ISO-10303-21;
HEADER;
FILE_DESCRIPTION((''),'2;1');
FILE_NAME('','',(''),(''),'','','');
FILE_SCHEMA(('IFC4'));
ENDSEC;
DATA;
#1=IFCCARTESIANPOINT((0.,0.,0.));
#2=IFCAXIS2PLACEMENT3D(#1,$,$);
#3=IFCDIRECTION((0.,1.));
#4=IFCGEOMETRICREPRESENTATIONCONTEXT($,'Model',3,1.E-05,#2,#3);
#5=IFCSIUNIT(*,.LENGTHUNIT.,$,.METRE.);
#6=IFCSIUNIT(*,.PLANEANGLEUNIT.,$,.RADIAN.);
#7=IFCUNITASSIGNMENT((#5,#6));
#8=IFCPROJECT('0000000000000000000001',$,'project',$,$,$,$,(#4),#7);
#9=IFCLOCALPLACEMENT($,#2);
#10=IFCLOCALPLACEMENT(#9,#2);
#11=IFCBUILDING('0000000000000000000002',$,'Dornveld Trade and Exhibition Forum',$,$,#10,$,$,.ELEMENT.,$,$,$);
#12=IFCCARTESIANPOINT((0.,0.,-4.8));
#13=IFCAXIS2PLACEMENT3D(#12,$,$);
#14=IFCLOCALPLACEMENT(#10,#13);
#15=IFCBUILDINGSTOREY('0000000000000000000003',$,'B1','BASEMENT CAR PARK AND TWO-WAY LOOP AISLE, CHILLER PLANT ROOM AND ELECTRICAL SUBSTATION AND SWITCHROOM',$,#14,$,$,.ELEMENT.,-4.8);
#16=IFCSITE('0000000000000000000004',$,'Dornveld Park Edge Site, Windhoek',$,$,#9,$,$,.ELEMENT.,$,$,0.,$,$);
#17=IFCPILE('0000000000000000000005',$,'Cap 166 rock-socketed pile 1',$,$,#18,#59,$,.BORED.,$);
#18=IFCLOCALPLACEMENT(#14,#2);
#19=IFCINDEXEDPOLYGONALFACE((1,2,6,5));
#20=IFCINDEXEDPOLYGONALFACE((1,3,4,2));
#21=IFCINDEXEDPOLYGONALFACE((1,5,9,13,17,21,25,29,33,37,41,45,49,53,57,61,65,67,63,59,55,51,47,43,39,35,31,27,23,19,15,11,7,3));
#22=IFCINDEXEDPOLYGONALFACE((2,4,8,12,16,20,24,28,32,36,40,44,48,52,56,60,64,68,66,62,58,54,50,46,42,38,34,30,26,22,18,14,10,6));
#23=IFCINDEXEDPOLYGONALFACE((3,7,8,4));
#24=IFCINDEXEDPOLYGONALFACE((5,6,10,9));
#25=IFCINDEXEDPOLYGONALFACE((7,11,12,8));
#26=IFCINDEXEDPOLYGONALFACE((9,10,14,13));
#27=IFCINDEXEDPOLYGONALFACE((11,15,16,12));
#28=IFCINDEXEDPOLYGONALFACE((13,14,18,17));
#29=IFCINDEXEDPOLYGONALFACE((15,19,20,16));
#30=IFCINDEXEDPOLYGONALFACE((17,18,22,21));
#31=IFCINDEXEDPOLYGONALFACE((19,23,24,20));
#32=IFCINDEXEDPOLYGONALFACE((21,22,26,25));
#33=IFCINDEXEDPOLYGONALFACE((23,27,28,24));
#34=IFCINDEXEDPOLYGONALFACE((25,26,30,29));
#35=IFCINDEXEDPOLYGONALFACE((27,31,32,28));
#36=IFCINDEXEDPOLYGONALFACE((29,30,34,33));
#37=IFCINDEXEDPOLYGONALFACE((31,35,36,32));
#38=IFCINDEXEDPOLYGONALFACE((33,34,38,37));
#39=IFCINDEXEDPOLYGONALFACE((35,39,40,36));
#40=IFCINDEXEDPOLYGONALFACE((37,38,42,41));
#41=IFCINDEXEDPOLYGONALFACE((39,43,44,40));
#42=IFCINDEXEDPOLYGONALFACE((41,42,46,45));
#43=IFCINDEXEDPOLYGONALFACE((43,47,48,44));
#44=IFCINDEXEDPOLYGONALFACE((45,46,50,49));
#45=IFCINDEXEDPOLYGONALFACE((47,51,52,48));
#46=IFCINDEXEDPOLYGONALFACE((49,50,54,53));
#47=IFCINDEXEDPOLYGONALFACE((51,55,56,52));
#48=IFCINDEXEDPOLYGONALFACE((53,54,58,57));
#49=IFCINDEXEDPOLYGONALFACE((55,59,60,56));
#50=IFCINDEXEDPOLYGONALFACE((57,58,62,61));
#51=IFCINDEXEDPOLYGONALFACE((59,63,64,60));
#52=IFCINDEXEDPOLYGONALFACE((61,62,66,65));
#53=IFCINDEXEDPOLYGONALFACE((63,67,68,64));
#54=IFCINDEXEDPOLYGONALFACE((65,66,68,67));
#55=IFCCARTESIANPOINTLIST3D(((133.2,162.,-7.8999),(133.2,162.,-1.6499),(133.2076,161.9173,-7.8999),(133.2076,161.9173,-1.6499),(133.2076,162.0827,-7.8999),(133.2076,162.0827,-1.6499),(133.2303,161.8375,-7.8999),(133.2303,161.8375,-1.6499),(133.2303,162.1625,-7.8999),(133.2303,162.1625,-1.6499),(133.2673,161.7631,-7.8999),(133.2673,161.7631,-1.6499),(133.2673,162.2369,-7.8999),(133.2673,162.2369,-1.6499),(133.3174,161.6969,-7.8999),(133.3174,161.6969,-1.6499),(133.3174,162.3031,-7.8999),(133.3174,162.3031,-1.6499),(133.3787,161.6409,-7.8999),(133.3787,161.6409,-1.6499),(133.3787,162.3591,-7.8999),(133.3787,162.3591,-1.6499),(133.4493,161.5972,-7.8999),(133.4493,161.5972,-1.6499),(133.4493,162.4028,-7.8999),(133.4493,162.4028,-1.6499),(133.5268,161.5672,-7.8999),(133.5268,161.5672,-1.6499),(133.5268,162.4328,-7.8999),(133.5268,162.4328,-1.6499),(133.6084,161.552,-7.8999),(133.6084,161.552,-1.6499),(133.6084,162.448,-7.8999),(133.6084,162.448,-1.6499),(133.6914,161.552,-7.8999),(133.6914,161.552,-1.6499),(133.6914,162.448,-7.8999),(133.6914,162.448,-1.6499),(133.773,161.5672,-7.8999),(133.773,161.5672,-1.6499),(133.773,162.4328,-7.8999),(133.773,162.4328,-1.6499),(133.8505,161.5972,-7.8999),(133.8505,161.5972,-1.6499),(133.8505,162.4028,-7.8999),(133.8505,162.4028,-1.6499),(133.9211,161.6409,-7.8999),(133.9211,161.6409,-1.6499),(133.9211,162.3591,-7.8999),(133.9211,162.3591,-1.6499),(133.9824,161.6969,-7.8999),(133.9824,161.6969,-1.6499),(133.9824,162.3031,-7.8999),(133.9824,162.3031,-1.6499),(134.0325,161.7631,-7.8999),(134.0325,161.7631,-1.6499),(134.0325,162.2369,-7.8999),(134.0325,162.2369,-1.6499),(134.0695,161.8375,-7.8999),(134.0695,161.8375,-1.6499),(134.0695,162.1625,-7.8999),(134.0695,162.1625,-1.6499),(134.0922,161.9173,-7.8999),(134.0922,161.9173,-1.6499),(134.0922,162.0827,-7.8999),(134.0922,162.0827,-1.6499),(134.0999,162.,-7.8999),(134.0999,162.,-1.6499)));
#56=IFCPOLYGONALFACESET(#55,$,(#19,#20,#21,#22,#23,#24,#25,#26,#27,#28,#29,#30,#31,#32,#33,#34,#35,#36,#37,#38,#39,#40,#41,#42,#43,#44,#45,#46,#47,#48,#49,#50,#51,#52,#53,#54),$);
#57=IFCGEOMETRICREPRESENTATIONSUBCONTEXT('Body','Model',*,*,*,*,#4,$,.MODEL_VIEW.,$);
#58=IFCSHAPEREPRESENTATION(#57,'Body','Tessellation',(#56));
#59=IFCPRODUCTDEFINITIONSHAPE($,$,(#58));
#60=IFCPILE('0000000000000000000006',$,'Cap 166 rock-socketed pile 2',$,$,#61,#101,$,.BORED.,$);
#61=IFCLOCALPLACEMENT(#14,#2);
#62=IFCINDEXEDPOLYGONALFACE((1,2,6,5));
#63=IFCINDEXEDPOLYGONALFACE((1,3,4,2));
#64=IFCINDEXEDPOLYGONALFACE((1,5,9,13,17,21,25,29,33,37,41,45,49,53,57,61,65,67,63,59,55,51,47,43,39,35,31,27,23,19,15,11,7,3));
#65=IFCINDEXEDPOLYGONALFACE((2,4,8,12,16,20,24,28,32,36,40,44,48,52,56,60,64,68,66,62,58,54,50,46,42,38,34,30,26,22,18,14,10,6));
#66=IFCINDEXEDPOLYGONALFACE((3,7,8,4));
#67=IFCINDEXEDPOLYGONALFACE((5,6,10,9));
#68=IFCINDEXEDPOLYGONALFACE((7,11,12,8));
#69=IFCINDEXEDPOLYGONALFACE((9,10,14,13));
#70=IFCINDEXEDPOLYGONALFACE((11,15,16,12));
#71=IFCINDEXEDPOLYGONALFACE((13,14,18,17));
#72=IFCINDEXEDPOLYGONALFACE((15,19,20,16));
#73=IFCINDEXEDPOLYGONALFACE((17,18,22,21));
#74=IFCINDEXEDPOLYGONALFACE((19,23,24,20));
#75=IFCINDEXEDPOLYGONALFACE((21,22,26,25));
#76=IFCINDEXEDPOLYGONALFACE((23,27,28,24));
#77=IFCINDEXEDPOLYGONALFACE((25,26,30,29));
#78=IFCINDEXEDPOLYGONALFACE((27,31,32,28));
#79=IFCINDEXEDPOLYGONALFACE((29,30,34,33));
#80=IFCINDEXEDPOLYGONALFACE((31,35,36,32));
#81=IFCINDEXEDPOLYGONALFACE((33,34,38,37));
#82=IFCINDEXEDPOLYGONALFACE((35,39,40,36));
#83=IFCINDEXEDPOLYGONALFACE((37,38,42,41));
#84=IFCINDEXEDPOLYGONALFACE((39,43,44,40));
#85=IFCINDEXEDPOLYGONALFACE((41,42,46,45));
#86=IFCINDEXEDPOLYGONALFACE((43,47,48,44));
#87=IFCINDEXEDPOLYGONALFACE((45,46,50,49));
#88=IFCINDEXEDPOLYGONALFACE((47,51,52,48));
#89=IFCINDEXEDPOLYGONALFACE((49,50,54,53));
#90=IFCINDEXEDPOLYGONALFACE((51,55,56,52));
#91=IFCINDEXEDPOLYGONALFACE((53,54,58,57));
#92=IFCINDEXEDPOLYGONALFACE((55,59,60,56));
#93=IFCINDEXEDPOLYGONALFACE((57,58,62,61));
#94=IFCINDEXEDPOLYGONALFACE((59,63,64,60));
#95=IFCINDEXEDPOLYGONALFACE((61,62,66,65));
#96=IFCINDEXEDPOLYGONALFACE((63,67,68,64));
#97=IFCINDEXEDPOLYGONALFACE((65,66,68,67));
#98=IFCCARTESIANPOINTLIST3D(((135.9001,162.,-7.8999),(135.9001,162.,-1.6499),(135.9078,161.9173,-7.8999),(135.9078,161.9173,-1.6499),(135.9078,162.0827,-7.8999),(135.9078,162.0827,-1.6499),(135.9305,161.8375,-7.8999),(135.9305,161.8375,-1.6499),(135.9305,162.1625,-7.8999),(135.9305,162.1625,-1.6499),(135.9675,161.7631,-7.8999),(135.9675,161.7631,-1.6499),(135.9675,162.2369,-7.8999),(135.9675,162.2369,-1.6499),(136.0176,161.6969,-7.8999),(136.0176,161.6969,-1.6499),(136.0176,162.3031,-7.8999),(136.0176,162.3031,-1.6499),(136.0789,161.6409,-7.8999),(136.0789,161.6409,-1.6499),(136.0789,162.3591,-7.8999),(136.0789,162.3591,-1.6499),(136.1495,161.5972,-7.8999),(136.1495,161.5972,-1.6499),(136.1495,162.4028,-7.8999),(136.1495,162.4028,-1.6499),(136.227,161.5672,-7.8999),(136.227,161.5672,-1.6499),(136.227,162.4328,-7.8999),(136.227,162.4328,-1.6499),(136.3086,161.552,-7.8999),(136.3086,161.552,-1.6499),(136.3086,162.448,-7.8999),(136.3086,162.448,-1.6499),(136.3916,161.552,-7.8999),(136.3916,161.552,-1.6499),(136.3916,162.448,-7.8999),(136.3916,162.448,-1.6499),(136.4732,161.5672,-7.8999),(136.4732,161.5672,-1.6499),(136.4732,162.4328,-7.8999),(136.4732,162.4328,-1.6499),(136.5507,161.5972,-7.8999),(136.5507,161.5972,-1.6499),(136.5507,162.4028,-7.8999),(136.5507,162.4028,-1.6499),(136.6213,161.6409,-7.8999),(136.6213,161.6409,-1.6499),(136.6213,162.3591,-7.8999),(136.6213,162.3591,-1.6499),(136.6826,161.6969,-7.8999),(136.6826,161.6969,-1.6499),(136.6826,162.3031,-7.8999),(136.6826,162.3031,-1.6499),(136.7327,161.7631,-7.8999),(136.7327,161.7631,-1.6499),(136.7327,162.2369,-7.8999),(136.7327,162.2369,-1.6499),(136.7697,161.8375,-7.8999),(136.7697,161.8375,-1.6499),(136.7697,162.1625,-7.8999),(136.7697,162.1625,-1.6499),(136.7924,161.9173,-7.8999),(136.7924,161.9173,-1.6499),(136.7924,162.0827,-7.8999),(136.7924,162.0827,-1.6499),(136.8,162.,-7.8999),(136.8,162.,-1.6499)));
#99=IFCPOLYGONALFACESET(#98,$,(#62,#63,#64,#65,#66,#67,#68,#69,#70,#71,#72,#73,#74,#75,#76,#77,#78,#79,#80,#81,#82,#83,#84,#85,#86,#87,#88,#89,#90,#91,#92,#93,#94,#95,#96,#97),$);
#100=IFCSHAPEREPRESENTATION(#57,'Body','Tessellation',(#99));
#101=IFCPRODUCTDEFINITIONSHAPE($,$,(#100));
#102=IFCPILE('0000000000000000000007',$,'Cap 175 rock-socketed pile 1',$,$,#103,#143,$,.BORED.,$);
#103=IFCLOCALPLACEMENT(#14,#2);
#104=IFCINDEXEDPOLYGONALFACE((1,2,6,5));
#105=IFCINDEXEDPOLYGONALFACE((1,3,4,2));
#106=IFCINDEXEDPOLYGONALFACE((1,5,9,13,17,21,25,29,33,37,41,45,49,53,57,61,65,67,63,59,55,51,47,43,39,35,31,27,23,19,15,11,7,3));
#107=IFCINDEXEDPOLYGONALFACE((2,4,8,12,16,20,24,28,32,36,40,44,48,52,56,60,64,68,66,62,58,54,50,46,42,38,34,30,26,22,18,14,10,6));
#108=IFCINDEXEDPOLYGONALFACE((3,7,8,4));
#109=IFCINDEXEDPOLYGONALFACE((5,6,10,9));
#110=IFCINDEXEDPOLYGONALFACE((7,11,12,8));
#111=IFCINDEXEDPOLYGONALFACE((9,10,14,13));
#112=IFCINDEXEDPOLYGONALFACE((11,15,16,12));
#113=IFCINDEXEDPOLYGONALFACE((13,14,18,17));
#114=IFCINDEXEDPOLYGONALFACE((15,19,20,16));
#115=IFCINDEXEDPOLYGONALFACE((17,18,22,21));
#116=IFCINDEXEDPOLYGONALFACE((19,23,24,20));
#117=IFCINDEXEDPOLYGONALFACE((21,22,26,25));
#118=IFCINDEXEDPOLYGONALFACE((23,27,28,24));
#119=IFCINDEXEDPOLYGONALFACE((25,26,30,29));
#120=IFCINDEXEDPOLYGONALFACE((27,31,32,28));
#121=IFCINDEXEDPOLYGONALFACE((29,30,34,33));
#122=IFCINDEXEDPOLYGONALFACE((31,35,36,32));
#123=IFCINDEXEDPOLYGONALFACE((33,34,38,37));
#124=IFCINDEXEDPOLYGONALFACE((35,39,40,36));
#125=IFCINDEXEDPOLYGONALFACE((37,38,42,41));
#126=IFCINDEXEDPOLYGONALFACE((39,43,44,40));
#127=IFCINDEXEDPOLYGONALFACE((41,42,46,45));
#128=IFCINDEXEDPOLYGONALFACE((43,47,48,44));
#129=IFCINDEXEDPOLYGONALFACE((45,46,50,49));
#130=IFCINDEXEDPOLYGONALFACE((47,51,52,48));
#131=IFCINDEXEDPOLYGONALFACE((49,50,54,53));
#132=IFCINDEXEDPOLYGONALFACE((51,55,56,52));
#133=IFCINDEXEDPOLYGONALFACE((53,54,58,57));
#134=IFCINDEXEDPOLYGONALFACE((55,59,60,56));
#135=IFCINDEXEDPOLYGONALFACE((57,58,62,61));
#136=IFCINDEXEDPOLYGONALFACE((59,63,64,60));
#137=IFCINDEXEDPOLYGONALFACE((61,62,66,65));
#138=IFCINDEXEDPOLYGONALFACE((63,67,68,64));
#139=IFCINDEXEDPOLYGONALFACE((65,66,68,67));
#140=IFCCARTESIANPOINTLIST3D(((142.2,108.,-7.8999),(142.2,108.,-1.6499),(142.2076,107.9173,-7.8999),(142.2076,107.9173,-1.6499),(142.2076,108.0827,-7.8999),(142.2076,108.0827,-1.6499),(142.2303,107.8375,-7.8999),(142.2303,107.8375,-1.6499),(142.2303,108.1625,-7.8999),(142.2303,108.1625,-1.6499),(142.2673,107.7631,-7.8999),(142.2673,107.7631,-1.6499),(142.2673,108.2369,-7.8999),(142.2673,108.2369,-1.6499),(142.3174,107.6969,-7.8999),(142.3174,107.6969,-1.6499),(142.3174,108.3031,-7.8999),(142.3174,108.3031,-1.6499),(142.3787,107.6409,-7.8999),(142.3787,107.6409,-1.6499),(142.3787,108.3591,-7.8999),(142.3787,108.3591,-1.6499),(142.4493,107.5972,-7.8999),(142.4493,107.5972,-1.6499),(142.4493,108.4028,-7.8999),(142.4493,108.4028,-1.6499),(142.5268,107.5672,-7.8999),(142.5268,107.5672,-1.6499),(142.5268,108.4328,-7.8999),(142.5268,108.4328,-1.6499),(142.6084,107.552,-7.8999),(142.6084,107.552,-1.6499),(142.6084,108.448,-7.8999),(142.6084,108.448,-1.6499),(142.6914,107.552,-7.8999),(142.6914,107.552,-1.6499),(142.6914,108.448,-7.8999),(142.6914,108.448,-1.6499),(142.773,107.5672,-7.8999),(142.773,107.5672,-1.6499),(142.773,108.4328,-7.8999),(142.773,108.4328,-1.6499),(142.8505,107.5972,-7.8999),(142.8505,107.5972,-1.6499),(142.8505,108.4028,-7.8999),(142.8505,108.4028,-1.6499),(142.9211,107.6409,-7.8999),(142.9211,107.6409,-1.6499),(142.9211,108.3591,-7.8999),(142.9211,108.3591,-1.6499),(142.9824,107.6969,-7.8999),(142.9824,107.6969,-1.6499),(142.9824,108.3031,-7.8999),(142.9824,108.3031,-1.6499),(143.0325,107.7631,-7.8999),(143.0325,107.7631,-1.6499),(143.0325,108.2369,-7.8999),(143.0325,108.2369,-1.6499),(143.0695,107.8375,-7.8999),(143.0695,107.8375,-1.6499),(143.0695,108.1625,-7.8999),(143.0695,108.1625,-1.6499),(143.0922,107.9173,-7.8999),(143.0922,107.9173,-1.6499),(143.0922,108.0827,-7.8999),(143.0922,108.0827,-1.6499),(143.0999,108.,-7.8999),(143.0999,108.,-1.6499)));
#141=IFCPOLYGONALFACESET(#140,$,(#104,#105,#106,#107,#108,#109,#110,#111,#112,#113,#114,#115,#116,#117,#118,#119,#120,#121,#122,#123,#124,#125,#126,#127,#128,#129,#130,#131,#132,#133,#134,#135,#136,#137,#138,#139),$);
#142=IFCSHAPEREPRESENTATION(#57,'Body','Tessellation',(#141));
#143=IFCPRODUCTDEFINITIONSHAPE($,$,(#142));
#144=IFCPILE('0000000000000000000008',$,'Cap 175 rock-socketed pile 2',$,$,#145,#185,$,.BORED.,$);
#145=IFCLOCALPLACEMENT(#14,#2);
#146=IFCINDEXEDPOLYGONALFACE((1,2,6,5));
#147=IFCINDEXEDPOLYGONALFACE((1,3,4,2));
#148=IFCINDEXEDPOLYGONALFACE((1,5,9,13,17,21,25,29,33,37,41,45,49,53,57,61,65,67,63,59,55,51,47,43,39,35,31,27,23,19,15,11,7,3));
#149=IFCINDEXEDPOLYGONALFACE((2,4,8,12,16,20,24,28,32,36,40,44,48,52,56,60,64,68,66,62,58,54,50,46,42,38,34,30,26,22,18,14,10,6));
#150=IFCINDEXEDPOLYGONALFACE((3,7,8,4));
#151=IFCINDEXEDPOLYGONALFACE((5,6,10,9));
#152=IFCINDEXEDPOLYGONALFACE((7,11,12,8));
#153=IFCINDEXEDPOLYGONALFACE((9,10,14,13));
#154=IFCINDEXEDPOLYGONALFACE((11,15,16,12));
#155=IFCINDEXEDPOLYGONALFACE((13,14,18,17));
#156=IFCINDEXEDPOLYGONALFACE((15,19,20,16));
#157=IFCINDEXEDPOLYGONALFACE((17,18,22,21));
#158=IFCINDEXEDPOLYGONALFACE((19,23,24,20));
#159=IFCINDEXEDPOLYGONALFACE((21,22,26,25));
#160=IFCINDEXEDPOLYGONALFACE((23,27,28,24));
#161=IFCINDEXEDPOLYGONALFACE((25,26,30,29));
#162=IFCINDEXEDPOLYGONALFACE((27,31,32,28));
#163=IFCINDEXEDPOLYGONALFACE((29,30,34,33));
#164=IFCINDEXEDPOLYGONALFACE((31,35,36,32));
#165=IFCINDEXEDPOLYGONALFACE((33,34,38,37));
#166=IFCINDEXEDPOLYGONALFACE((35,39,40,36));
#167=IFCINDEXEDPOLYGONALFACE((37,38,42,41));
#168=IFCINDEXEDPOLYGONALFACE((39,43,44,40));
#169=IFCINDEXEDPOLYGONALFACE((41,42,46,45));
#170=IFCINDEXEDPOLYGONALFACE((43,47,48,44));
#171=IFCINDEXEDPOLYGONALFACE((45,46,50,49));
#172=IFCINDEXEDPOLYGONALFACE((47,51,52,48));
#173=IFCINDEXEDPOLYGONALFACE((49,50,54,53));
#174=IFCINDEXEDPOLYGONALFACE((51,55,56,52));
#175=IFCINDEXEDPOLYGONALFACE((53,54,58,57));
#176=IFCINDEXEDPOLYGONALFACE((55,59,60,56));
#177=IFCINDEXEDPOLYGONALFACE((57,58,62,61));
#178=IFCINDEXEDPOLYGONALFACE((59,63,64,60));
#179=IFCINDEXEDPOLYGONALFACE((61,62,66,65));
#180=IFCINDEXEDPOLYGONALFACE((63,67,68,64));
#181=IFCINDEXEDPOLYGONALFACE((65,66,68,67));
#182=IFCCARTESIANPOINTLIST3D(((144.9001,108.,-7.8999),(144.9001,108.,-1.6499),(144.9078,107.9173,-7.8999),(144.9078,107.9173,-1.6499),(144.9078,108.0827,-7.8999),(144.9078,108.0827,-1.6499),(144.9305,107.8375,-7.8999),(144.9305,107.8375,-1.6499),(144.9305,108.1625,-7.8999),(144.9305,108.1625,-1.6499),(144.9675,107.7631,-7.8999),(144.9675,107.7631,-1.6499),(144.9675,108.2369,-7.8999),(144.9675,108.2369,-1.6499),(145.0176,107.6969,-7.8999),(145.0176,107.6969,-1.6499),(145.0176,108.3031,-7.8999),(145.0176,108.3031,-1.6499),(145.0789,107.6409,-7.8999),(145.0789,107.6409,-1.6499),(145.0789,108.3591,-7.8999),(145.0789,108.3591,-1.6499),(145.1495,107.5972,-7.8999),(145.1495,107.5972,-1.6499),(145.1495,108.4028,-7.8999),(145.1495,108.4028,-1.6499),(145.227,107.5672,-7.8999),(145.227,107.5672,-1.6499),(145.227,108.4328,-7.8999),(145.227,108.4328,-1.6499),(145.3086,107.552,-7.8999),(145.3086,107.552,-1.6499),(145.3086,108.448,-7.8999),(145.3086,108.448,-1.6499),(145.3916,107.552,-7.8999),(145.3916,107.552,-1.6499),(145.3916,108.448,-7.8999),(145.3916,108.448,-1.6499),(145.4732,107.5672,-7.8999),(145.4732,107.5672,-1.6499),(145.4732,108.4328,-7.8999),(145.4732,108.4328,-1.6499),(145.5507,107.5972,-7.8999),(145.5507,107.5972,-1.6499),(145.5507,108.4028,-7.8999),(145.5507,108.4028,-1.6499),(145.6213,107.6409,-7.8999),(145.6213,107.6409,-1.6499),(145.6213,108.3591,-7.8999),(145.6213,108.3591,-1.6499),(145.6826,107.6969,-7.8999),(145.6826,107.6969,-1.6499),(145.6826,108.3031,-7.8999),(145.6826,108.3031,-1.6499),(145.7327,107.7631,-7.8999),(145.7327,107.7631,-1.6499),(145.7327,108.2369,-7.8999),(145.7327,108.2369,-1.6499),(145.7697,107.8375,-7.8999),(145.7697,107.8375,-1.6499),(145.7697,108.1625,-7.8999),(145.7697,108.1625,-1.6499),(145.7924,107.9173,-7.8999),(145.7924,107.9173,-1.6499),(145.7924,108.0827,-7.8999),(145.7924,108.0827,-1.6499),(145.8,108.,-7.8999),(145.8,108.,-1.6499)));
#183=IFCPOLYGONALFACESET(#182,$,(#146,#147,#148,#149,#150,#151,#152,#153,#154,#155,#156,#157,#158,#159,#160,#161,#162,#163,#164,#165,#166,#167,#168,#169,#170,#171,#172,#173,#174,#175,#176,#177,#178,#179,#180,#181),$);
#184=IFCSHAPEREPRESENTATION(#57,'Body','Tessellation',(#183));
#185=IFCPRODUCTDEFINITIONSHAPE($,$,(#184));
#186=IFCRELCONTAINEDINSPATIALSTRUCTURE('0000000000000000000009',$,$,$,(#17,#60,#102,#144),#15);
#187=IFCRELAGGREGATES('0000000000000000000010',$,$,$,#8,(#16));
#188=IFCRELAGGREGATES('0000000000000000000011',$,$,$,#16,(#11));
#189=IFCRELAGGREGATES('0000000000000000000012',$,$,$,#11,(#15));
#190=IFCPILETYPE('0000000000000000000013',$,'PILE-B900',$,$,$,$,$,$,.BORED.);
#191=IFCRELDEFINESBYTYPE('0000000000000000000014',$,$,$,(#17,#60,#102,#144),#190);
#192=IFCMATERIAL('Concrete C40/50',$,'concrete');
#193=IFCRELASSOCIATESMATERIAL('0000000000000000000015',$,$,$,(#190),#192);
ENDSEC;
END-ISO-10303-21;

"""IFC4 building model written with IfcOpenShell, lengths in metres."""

from ifc_helpers import new_model, si_unit, direction, frame, origin, origin_2d, place, context, subcontext, project, spatial, circle, extrude, material, material_profile, profile_set, type_object, element, save


model = new_model("IFC4")

# Units and contexts
model_context = context("Model", 3, precision=1e-05, world=origin(), true_north=direction((0.0, 1.0)))
body_context = subcontext(model_context, "Body", "Model", "MODEL_VIEW")
ifc_project = project(units=[si_unit("LENGTHUNIT", "METRE"), si_unit("PLANEANGLEUNIT", "RADIAN")], contexts=[model_context])

# Site, building, storey
site_placement = place(None, origin())
site = spatial("IfcSite", under=ifc_project, at=site_placement, Name="Dornveld Park Edge Site, Windhoek", CompositionType="ELEMENT", RefElevation=0.0)
building_placement = place(site_placement, origin())
building = spatial("IfcBuilding", under=site, at=building_placement, Name="Dornveld Trade and Exhibition Forum", CompositionType="ELEMENT")
storey_placement = place(building_placement, frame((0.0, 0.0, -4.8)))
storey = spatial("IfcBuildingStorey", under=building, at=storey_placement, Name="B1", Description="BASEMENT CAR PARK AND TWO-WAY LOOP AISLE, CHILLER PLANT ROOM AND ELECTRICAL SUBSTATION AND SWITCHROOM", CompositionType="ELEMENT", Elevation=-4.8)

# Piles
ifc_material_1 = material(Name="Concrete C40/50", Category="concrete")
ifc_material_profile_1 = material_profile(ifc_material_1, circle(Radius=0.45, at=origin_2d()), Name="PILE D900")
ifc_profile_set_1 = profile_set([ifc_material_profile_1], Name="Concrete C40/50")
pile_type = type_object("IfcPileType", Name="PILE-B900", PredefinedType="BORED", material=ifc_profile_set_1)
for number, where, z_axis, x_axis, name in (
    (1, (133.6499, 162.0, -1.6499), (0.0, 0.0, -1.0), (1.0, 0.0, 0.0), "Cap 166 rock-socketed pile 1"),
    (2, (136.3501, 162.0, -1.6499), (0.0, 0.0, -1.0), (1.0, 0.0, 0.0), "Cap 166 rock-socketed pile 2"),
    (3, (142.6499, 108.0, -1.6499), (0.0, 0.0, -1.0), (1.0, 0.0, 0.0), "Cap 175 rock-socketed pile 1"),
    (4, (145.3501, 108.0, -1.6499), (0.0, 0.0, -1.0), (1.0, 0.0, 0.0), "Cap 175 rock-socketed pile 2"),
):
    element("IfcPile", number, at=place(storey_placement, frame(where, z_axis=z_axis, x_axis=x_axis)), inside=storey, type_object=pile_type, Name=name, PredefinedType="BORED", context=body_context, shape_type="SweptSolid", body=[
        extrude(circle(Radius=0.45, at=origin_2d()), origin(), (0.0, 0.0, 1.0), 6.25),
    ])

save(model, "model.ifc")
